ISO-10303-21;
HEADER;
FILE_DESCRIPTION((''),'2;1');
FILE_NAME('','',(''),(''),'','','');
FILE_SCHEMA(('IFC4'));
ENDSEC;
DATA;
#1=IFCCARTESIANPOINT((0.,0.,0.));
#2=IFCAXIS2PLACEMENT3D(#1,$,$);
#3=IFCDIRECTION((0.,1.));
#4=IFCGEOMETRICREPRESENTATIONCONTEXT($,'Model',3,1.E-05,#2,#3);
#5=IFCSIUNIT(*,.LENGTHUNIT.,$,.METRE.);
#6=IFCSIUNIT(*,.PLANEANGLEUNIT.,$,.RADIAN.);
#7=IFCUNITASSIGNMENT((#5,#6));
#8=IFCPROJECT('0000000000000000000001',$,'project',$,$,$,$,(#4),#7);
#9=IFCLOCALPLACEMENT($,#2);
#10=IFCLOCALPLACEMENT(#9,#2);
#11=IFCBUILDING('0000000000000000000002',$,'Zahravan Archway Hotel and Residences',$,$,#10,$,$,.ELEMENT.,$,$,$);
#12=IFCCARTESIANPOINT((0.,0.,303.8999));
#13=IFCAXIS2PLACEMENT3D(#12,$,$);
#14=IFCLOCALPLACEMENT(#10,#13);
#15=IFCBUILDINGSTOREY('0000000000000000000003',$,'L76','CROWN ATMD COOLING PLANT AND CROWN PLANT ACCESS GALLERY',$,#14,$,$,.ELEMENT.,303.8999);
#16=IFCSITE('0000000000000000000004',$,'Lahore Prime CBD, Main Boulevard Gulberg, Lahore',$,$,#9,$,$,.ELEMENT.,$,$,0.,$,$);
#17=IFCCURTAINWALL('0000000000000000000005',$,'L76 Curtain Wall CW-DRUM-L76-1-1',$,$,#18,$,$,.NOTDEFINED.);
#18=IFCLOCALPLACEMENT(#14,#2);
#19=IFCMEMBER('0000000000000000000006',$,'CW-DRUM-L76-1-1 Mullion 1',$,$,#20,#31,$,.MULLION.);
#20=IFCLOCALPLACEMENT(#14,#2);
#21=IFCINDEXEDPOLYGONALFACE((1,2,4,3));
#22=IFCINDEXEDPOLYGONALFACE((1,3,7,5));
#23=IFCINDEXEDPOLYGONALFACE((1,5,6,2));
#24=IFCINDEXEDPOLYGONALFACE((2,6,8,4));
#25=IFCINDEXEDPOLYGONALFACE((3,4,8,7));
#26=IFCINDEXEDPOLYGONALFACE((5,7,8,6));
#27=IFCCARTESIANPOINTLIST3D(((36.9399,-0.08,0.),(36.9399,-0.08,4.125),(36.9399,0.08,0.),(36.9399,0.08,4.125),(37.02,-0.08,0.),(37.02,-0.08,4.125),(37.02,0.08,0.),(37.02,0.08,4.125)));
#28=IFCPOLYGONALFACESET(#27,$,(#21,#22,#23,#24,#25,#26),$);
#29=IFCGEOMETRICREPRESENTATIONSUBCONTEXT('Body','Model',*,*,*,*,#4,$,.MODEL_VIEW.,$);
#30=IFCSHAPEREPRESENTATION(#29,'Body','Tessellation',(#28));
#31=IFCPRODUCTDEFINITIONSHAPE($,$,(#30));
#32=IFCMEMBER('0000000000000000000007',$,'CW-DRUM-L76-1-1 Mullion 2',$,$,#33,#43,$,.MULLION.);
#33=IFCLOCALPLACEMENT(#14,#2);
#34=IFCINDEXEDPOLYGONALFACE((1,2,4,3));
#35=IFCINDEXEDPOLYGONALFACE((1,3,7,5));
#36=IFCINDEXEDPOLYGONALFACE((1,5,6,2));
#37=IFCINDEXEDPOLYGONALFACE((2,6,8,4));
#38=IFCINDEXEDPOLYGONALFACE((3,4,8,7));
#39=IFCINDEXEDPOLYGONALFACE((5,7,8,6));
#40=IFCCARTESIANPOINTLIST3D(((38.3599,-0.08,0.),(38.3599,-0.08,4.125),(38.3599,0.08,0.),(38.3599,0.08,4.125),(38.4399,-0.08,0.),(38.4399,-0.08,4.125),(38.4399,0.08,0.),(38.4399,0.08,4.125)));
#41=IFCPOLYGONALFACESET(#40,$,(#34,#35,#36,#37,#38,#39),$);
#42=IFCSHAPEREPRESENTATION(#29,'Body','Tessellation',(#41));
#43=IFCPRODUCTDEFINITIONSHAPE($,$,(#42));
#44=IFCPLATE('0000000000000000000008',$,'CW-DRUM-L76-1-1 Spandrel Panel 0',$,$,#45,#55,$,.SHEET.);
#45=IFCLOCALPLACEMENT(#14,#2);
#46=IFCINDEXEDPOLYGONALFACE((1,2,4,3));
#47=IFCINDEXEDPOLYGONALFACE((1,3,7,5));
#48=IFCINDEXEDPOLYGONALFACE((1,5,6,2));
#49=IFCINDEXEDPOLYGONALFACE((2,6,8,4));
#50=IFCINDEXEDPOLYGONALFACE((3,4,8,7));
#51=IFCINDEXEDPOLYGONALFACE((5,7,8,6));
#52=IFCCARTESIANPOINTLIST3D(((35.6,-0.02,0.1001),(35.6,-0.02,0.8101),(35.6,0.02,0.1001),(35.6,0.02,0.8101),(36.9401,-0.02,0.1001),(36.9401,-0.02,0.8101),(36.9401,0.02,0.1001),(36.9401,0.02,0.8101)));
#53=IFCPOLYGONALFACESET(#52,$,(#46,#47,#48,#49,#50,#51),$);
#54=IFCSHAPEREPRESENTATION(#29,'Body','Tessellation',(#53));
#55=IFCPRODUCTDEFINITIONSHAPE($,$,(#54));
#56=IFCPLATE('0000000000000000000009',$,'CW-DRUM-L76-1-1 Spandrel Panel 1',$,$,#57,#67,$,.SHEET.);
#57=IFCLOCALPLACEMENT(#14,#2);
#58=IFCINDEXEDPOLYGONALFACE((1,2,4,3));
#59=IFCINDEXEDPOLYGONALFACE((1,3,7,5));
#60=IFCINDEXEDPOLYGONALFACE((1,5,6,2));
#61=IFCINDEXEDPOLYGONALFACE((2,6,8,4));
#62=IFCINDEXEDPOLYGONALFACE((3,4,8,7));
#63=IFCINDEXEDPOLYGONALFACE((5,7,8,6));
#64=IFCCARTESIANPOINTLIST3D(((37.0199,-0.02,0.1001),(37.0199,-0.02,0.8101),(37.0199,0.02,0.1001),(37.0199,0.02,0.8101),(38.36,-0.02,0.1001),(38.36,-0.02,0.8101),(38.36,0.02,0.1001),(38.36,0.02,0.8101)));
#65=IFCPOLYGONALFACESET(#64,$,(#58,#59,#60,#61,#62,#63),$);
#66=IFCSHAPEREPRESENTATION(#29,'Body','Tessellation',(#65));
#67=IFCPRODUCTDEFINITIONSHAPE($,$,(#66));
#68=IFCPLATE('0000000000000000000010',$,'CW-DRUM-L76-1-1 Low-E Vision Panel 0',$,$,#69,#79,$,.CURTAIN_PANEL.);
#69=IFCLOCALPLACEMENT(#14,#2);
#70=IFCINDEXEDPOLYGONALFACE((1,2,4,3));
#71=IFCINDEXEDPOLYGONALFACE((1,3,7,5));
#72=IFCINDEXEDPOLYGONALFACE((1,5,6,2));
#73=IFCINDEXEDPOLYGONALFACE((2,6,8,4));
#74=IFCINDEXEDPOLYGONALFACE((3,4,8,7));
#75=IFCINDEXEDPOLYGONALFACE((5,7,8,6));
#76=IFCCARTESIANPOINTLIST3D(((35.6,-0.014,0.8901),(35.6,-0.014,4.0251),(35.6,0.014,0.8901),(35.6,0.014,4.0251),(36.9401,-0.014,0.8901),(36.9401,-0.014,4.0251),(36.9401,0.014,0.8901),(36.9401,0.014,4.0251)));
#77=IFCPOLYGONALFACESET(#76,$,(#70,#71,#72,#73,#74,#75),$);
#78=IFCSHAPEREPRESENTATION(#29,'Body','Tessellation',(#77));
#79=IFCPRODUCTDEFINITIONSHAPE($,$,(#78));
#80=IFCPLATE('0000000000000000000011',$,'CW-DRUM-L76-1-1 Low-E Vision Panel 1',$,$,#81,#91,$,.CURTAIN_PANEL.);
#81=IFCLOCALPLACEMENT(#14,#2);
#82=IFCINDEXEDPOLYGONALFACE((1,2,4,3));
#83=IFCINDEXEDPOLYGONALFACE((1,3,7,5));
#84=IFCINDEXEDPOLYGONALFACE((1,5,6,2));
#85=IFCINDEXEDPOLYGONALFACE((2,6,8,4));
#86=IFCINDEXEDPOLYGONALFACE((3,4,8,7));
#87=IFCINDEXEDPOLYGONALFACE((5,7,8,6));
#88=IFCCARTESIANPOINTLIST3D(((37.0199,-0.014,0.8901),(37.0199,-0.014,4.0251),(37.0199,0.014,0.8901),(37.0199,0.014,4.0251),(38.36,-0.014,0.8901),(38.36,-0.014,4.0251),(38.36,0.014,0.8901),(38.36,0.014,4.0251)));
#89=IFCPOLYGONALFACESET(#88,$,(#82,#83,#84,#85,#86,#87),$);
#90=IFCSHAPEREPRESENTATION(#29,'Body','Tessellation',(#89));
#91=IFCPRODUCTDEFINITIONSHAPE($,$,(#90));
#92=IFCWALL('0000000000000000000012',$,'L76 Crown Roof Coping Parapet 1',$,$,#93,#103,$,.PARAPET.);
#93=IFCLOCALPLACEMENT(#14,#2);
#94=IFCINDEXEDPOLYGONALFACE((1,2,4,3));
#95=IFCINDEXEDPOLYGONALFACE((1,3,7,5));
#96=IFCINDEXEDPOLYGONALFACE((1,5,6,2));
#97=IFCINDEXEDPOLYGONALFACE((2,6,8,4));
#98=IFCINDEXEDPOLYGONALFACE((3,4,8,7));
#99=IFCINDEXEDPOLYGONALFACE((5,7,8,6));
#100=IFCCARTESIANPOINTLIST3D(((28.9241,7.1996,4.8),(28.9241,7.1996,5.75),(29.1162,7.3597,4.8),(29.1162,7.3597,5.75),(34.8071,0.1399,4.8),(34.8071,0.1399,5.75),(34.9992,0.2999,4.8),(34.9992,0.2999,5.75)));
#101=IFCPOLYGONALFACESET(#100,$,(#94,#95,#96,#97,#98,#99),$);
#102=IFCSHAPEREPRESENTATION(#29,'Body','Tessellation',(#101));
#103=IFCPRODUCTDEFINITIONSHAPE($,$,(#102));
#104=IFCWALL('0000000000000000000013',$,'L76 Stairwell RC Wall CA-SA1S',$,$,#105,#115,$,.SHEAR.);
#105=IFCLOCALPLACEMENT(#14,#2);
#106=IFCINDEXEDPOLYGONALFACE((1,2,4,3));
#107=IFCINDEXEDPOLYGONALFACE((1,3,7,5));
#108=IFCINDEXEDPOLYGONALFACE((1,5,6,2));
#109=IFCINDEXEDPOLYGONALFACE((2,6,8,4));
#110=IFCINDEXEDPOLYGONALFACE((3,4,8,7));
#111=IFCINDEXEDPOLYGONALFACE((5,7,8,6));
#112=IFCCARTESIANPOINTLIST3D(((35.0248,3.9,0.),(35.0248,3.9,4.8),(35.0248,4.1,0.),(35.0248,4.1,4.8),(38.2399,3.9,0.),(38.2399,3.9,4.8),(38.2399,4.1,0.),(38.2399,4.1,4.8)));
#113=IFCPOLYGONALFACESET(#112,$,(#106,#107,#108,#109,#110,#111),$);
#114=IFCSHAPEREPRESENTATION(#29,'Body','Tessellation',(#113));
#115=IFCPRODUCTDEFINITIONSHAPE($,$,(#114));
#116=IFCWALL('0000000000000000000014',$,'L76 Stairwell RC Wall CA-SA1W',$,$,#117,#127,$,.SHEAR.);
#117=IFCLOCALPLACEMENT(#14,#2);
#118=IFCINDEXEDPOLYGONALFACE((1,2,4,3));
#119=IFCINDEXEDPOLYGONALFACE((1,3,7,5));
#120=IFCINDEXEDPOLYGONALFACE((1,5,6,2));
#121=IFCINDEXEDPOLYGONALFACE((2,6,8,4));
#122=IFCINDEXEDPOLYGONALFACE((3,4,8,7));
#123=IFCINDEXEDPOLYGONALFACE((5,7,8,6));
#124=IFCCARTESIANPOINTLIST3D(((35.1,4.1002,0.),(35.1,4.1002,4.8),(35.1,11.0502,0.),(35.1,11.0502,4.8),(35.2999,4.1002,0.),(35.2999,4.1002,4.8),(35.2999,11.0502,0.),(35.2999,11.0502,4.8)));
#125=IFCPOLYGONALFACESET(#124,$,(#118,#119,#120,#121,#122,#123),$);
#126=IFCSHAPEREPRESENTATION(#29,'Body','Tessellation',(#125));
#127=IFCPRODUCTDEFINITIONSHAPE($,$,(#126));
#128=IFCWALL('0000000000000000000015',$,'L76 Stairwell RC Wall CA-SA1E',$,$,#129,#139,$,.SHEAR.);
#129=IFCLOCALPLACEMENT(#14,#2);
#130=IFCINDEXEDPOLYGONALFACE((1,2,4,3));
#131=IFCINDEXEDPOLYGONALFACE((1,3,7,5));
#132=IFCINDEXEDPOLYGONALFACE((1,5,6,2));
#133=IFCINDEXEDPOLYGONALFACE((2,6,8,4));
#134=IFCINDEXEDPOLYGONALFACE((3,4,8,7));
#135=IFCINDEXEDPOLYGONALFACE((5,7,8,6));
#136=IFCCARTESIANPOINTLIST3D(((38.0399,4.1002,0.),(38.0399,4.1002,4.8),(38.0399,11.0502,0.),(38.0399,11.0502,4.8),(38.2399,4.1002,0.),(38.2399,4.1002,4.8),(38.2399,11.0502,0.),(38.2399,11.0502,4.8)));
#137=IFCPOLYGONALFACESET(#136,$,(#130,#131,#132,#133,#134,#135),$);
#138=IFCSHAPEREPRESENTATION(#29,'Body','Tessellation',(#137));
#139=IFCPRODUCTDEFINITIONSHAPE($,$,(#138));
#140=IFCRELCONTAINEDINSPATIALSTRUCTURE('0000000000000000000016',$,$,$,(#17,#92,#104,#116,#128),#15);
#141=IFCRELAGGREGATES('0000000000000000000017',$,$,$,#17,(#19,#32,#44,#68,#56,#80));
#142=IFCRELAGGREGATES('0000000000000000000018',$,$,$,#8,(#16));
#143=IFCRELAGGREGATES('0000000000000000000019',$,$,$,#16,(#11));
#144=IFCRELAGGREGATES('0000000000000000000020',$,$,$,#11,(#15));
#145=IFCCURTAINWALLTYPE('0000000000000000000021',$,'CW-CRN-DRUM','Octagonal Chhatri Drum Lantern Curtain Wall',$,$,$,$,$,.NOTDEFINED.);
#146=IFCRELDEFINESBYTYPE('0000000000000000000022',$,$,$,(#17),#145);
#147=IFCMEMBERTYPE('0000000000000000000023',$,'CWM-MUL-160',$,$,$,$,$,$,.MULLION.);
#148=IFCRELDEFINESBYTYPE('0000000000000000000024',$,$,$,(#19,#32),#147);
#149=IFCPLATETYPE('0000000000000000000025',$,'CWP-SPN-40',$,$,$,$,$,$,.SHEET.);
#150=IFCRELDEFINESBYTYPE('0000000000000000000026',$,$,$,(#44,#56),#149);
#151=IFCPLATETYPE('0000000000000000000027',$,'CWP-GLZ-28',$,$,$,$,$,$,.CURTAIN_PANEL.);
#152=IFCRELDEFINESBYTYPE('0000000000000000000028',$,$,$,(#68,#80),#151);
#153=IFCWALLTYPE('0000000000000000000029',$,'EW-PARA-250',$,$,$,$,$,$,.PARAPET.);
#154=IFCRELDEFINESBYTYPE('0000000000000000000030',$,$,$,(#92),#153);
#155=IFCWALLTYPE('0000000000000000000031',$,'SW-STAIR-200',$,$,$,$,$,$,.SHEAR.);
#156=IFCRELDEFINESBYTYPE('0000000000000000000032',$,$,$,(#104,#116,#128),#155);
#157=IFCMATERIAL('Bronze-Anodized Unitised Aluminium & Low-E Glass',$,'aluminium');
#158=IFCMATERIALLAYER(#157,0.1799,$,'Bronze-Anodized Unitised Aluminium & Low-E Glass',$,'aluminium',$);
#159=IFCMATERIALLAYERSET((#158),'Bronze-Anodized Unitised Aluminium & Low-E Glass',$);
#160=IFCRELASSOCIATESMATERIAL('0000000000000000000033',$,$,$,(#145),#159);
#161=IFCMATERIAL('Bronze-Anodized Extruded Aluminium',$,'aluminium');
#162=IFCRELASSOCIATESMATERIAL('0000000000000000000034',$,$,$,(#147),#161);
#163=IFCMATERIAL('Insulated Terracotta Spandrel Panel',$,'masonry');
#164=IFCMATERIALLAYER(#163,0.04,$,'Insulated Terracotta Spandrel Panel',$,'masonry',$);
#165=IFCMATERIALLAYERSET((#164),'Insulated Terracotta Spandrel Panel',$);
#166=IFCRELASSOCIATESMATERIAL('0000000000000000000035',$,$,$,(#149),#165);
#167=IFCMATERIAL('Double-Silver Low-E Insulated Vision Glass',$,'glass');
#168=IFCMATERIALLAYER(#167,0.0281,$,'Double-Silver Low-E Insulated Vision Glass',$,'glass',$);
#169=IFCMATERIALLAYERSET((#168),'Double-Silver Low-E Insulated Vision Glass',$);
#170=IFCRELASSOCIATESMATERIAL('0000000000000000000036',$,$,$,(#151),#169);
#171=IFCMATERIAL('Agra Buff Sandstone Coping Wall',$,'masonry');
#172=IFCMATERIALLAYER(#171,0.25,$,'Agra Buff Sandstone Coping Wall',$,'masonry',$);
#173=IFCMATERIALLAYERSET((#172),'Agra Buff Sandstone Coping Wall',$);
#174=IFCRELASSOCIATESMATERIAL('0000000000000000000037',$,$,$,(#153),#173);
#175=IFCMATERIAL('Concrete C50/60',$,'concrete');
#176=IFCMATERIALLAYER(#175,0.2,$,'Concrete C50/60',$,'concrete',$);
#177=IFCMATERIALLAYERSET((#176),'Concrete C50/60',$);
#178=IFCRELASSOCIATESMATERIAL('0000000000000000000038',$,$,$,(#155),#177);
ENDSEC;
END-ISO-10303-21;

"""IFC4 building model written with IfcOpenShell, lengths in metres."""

from ifc_helpers import new_model, si_unit, direction, frame, frame_2d, origin, origin_2d, place, context, subcontext, project, spatial, rectangle, extrude, source, transform, mapped, material, layer, layer_set, material_profile, profile_set, type_object, element, aggregate, save


model = new_model("IFC4")

# Units and contexts
model_context = context("Model", 3, precision=1e-05, world=origin(), true_north=direction((0.0, 1.0)))
body_context = subcontext(model_context, "Body", "Model", "MODEL_VIEW")
ifc_project = project(units=[si_unit("LENGTHUNIT", "METRE"), si_unit("PLANEANGLEUNIT", "RADIAN")], contexts=[model_context])

# Site, building, storey
site_placement = place(None, origin())
site = spatial("IfcSite", under=ifc_project, at=site_placement, Name="Lahore Prime CBD, Main Boulevard Gulberg, Lahore", CompositionType="ELEMENT", RefElevation=0.0)
building_placement = place(site_placement, origin())
building = spatial("IfcBuilding", under=site, at=building_placement, Name="Zahravan Archway Hotel and Residences", CompositionType="ELEMENT")
storey_placement = place(building_placement, frame((0.0, 0.0, 303.8999)))
storey = spatial("IfcBuildingStorey", under=building, at=storey_placement, Name="L76", Description="CROWN ATMD COOLING PLANT AND CROWN PLANT ACCESS GALLERY", CompositionType="ELEMENT", Elevation=303.8999)

# Curtain wall, members, plates
ifc_material_1 = material(Name="Bronze-Anodized Unitised Aluminium & Low-E Glass", Category="aluminium")
ifc_layer_1 = layer(ifc_material_1, 0.1799, Name="Bronze-Anodized Unitised Aluminium & Low-E Glass", Category="aluminium")
ifc_layer_set_1 = layer_set([ifc_layer_1], Name="Bronze-Anodized Unitised Aluminium & Low-E Glass")
curtain_wall_type = type_object("IfcCurtainWallType", Name="CW-CRN-DRUM", Description="Octagonal Chhatri Drum Lantern Curtain Wall", PredefinedType="NOTDEFINED", material=ifc_layer_set_1)
curtain_wall_placement = place(storey_placement, origin())
curtain_wall = element("IfcCurtainWall", 1, at=curtain_wall_placement, inside=storey, type_object=curtain_wall_type, Name="L76 Curtain Wall CW-DRUM-L76-1-1", PredefinedType="NOTDEFINED")
ifc_material_2 = material(Name="Bronze-Anodized Extruded Aluminium", Category="aluminium")
ifc_material_profile_1 = material_profile(ifc_material_2, rectangle(XDim=0.0801, YDim=0.1599, at=origin_2d()), Name="MUL 80x160", Category="aluminium")
ifc_profile_set_1 = profile_set([ifc_material_profile_1], Name="Bronze-Anodized Extruded Aluminium")
member_type_1 = type_object("IfcMemberType", Name="CWM-MUL-160", PredefinedType="MULLION", material=ifc_profile_set_1)
shared_shape_1 = source(origin(), body_context, "Body", "SweptSolid", [
    extrude(rectangle(XDim=0.0801, YDim=0.1599, at=origin_2d()), origin(), (0.0, 0.0, 1.0), 4.125),
])
member_1_placement = place(storey_placement, frame((36.98, 0.0, 0.0), z_axis=(0.0, 0.0, 1.0), x_axis=(1.0, 0.0, 0.0)))
member_1 = element("IfcMember", 2, at=member_1_placement, type_object=member_type_1, Name="CW-DRUM-L76-1-1 Mullion 1", PredefinedType="MULLION", context=body_context, shape_type="MappedRepresentation", body=[
    mapped(shared_shape_1, transform((0.0, 0.0, 0.0), scale=1.0)),
])
member_2_placement = place(storey_placement, frame((38.3999, 0.0, 0.0), z_axis=(0.0, 0.0, 1.0), x_axis=(1.0, 0.0, 0.0)))
member_2 = element("IfcMember", 3, at=member_2_placement, type_object=member_type_1, Name="CW-DRUM-L76-1-1 Mullion 2", PredefinedType="MULLION", context=body_context, shape_type="MappedRepresentation", body=[
    mapped(shared_shape_1, transform((0.0, 0.0, 0.0), scale=1.0)),
])
ifc_material_3 = material(Name="Insulated Terracotta Spandrel Panel", Category="masonry")
ifc_layer_2 = layer(ifc_material_3, 0.04, Name="Insulated Terracotta Spandrel Panel", Category="masonry")
ifc_layer_set_2 = layer_set([ifc_layer_2], Name="Insulated Terracotta Spandrel Panel")
plate_type_1 = type_object("IfcPlateType", Name="CWP-SPN-40", PredefinedType="SHEET", material=ifc_layer_set_2)
shared_shape_2 = source(origin(), body_context, "Body", "SweptSolid", [
    extrude(rectangle(XDim=1.3401, YDim=0.04, at=origin_2d()), origin(), (0.0, 0.0, 1.0), 0.71),
])
plate_1_placement = place(storey_placement, frame((36.27, 0.0, 0.1001), z_axis=(0.0, 0.0, 1.0), x_axis=(1.0, 0.0, 0.0)))
plate_1 = element("IfcPlate", 4, at=plate_1_placement, type_object=plate_type_1, Name="CW-DRUM-L76-1-1 Spandrel Panel 0", PredefinedType="SHEET", context=body_context, shape_type="MappedRepresentation", body=[
    mapped(shared_shape_2, transform((0.0, 0.0, 0.0), scale=1.0)),
])
plate_2_placement = place(storey_placement, frame((37.6899, 0.0, 0.1001), z_axis=(0.0, 0.0, 1.0), x_axis=(1.0, 0.0, 0.0)))
plate_2 = element("IfcPlate", 5, at=plate_2_placement, type_object=plate_type_1, Name="CW-DRUM-L76-1-1 Spandrel Panel 1", PredefinedType="SHEET", context=body_context, shape_type="MappedRepresentation", body=[
    mapped(shared_shape_2, transform((0.0, 0.0, 0.0), scale=1.0)),
])
ifc_material_4 = material(Name="Double-Silver Low-E Insulated Vision Glass", Category="glass")
ifc_layer_3 = layer(ifc_material_4, 0.0281, Name="Double-Silver Low-E Insulated Vision Glass", Category="glass")
ifc_layer_set_3 = layer_set([ifc_layer_3], Name="Double-Silver Low-E Insulated Vision Glass")
plate_type_2 = type_object("IfcPlateType", Name="CWP-GLZ-28", PredefinedType="CURTAIN_PANEL", material=ifc_layer_set_3)
shared_shape_3 = source(origin(), body_context, "Body", "SweptSolid", [
    extrude(rectangle(XDim=1.3401, YDim=0.0281, at=origin_2d()), origin(), (0.0, 0.0, 1.0), 3.135),
])
plate_3_placement = place(storey_placement, frame((36.27, 0.0, 0.8901), z_axis=(0.0, 0.0, 1.0), x_axis=(1.0, 0.0, 0.0)))
plate_3 = element("IfcPlate", 6, at=plate_3_placement, type_object=plate_type_2, Name="CW-DRUM-L76-1-1 Low-E Vision Panel 0", PredefinedType="CURTAIN_PANEL", context=body_context, shape_type="MappedRepresentation", body=[
    mapped(shared_shape_3, transform((0.0, 0.0, 0.0), scale=1.0)),
])
plate_4_placement = place(storey_placement, frame((37.6899, 0.0, 0.8901), z_axis=(0.0, 0.0, 1.0), x_axis=(1.0, 0.0, 0.0)))
plate_4 = element("IfcPlate", 7, at=plate_4_placement, type_object=plate_type_2, Name="CW-DRUM-L76-1-1 Low-E Vision Panel 1", PredefinedType="CURTAIN_PANEL", context=body_context, shape_type="MappedRepresentation", body=[
    mapped(shared_shape_3, transform((0.0, 0.0, 0.0), scale=1.0)),
])
aggregate(curtain_wall, [member_1, member_2, plate_1, plate_3, plate_2, plate_4])

# Walls
ifc_material_5 = material(Name="Agra Buff Sandstone Coping Wall", Category="masonry")
ifc_layer_4 = layer(ifc_material_5, 0.25, Name="Agra Buff Sandstone Coping Wall", Category="masonry")
ifc_layer_set_4 = layer_set([ifc_layer_4], Name="Agra Buff Sandstone Coping Wall")
wall_type_1 = type_object("IfcWallType", Name="EW-PARA-250", PredefinedType="PARAPET", material=ifc_layer_set_4)
wall_1_placement = place(storey_placement, frame((34.9031, 0.22, 4.8), z_axis=(0.0, 0.0, 1.0), x_axis=(-0.640177, 0.768228, 0.0)))
element("IfcWall", 8, at=wall_1_placement, inside=storey, type_object=wall_type_1, Name="L76 Crown Roof Coping Parapet 1", PredefinedType="PARAPET", context=body_context, shape_type="SweptSolid", body=[
    extrude(rectangle(XDim=9.1897, YDim=0.25, at=frame_2d((4.5947, 0.0))), origin(), (0.0, 0.0, 1.0), 0.95),
])
ifc_material_6 = material(Name="Concrete C50/60", Category="concrete")
ifc_layer_5 = layer(ifc_material_6, 0.2, Name="Concrete C50/60", Category="concrete")
ifc_layer_set_5 = layer_set([ifc_layer_5], Name="Concrete C50/60")
wall_type_2 = type_object("IfcWallType", Name="SW-STAIR-200", PredefinedType="SHEAR", material=ifc_layer_set_5)
wall_2_placement = place(storey_placement, frame((35.0249, 4.0, 0.0), z_axis=(0.0, 0.0, 1.0), x_axis=(1.0, 0.0, 0.0)))
element("IfcWall", 9, at=wall_2_placement, inside=storey, type_object=wall_type_2, Name="L76 Stairwell RC Wall CA-SA1S", PredefinedType="SHEAR", context=body_context, shape_type="SweptSolid", body=[
    extrude(rectangle(XDim=3.2151, YDim=0.2, at=frame_2d((1.6074, 0.0))), origin(), (0.0, 0.0, 1.0), 4.8),
])
for number, where, z_axis, x_axis, name in (
    (10, (35.2, 4.1001, 0.0), (0.0, 0.0, 1.0), (0.0, 1.0, 0.0), "L76 Stairwell RC Wall CA-SA1W"),
    (11, (38.1399, 4.1001, 0.0), (0.0, 0.0, 1.0), (0.0, 1.0, 0.0), "L76 Stairwell RC Wall CA-SA1E"),
):
    element("IfcWall", number, at=place(storey_placement, frame(where, z_axis=z_axis, x_axis=x_axis)), inside=storey, type_object=wall_type_2, Name=name, PredefinedType="SHEAR", context=body_context, shape_type="SweptSolid", body=[
        extrude(rectangle(XDim=6.95, YDim=0.2, at=frame_2d((3.4751, 0.0))), origin(), (0.0, 0.0, 1.0), 4.8),
    ])

save(model, "model.ifc")
